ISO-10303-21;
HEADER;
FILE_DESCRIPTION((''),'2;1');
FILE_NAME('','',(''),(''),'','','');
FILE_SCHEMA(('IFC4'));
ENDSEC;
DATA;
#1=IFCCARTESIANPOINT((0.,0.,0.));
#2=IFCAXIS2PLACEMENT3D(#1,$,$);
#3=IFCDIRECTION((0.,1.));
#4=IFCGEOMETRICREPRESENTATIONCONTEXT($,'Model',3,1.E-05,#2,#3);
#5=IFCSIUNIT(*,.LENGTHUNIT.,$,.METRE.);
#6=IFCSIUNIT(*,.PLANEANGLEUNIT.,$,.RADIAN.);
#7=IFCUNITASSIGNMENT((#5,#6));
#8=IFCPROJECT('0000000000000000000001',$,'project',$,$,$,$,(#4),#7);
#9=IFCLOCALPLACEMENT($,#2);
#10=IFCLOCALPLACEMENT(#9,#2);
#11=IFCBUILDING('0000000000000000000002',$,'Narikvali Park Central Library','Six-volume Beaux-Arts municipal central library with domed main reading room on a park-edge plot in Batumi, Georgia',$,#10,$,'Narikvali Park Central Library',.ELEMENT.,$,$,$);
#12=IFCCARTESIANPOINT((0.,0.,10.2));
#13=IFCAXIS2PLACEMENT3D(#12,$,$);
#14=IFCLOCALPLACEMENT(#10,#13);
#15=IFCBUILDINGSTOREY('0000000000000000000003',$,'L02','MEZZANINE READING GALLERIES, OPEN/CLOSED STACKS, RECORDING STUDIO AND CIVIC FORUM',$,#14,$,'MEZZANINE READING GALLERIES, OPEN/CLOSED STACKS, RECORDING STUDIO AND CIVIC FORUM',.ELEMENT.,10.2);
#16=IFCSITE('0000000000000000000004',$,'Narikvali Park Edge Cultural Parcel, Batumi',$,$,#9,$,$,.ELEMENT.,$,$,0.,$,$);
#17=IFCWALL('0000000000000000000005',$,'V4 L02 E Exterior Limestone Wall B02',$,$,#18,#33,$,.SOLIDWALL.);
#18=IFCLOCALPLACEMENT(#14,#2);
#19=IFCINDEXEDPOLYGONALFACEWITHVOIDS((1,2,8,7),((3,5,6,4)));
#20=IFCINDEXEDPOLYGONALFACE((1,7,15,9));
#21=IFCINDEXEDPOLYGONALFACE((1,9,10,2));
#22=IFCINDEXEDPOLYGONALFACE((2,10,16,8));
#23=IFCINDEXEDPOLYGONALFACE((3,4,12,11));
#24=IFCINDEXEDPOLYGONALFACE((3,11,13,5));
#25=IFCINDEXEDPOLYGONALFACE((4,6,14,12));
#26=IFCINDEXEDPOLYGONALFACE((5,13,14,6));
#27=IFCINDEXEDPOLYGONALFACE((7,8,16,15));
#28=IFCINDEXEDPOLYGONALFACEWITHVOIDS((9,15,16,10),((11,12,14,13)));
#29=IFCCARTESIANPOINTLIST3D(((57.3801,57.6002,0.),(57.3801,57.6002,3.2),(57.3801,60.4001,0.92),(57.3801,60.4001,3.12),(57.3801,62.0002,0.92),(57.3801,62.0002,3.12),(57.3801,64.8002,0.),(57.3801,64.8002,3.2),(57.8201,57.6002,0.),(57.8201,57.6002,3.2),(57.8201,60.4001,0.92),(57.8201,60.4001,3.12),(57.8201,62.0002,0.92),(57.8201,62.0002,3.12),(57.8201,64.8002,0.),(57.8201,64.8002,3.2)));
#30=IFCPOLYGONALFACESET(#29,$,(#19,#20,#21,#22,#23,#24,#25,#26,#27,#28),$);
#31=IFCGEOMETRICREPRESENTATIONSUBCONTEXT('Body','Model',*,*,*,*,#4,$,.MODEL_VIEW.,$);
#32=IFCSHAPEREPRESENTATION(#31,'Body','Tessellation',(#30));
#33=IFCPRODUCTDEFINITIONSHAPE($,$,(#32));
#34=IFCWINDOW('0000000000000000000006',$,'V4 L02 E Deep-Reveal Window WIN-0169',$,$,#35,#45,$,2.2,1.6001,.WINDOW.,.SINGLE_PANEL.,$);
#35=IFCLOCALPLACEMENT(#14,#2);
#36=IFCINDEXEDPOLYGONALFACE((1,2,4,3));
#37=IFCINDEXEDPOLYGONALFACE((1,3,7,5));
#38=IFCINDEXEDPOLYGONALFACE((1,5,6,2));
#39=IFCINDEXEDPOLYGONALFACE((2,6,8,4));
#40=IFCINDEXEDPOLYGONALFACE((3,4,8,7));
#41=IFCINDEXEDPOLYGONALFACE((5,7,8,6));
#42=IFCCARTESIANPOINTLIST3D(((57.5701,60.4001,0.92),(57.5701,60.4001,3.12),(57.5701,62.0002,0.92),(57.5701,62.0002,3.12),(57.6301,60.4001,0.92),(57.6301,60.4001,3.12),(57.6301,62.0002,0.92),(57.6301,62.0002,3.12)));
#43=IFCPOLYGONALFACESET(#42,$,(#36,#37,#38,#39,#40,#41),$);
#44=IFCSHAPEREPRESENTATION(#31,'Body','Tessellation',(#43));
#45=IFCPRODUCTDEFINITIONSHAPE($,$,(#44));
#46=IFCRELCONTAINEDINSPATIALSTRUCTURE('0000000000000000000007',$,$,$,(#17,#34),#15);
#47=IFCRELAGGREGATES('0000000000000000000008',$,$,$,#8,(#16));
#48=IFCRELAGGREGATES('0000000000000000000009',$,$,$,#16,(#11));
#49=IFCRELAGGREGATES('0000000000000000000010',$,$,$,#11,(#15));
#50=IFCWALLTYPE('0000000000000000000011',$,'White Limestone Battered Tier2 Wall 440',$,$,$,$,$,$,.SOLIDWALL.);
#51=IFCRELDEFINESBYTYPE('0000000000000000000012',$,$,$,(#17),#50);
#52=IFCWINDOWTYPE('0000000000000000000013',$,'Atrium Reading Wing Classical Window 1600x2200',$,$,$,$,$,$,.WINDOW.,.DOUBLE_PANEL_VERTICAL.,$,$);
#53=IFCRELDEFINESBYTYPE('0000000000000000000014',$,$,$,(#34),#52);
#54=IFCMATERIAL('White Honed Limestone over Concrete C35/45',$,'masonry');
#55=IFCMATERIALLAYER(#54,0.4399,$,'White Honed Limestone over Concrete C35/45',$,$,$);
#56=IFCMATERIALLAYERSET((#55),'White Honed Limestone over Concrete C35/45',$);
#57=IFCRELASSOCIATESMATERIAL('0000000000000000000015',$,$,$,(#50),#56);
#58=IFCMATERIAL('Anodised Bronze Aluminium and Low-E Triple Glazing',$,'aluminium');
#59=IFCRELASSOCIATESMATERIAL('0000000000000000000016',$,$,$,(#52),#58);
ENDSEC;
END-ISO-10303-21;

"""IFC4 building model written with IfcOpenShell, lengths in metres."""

from ifc_helpers import new_model, si_unit, direction, frame, frame_2d, origin, place, context, subcontext, project, spatial, rectangle, extrude, material, layer, layer_set, type_object, element, fill, save


model = new_model("IFC4")

# Units and contexts
model_context = context("Model", 3, precision=1e-05, world=origin(), true_north=direction((0.0, 1.0)))
body_context = subcontext(model_context, "Body", "Model", "MODEL_VIEW")
ifc_project = project(units=[si_unit("LENGTHUNIT", "METRE"), si_unit("PLANEANGLEUNIT", "RADIAN")], contexts=[model_context])

# Site, building, storey
site_placement = place(None, origin())
site = spatial("IfcSite", under=ifc_project, at=site_placement, Name="Narikvali Park Edge Cultural Parcel, Batumi", CompositionType="ELEMENT", RefElevation=0.0)
building_placement = place(site_placement, origin())
building = spatial("IfcBuilding", under=site, at=building_placement, Name="Narikvali Park Central Library", Description="Six-volume Beaux-Arts municipal central library with domed main reading room on a park-edge plot in Batumi, Georgia", LongName="Narikvali Park Central Library", CompositionType="ELEMENT")
storey_placement = place(building_placement, frame((0.0, 0.0, 10.2)))
storey = spatial("IfcBuildingStorey", under=building, at=storey_placement, Name="L02", Description="MEZZANINE READING GALLERIES, OPEN/CLOSED STACKS, RECORDING STUDIO AND CIVIC FORUM", LongName="MEZZANINE READING GALLERIES, OPEN/CLOSED STACKS, RECORDING STUDIO AND CIVIC FORUM", CompositionType="ELEMENT", Elevation=10.2)

# Wall, opening, window
ifc_material_1 = material(Name="White Honed Limestone over Concrete C35/45", Category="masonry")
ifc_layer_1 = layer(ifc_material_1, 0.4399, Name="White Honed Limestone over Concrete C35/45")
ifc_layer_set_1 = layer_set([ifc_layer_1], Name="White Honed Limestone over Concrete C35/45")
wall_type_1 = type_object("IfcWallType", Name="White Limestone Battered Tier2 Wall 440", PredefinedType="SOLIDWALL", material=ifc_layer_set_1)
wall_1_placement = place(storey_placement, frame((57.6001, 57.6001, 0.0), z_axis=(0.0, 0.0, 1.0), x_axis=(0.0, 1.0, 0.0)))
wall_1 = element("IfcWall", 1, at=wall_1_placement, inside=storey, type_object=wall_type_1, Name="V4 L02 E Exterior Limestone Wall B02", PredefinedType="SOLIDWALL", context=body_context, shape_type="SweptSolid", body=[
    extrude(rectangle(XDim=7.2, YDim=0.4399, at=frame_2d((3.6001, 0.0))), origin(), (0.0, 0.0, 1.0), 3.2),
])
opening_placement = place(wall_1_placement, frame((2.8, 0.0, 0.9199)))
opening = element("IfcOpeningElement", 2, at=opening_placement, cuts=wall_1, PredefinedType="OPENING", context=body_context, shape_type="SweptSolid", body=[
    extrude(rectangle(XDim=1.6001, YDim=2.2, at=frame_2d((0.8, 1.1001))), frame((0.0, 0.2319, 0.0), z_axis=(0.0, -1.0, 0.0), x_axis=(1.0, 0.0, 0.0)), (0.0, 0.0, 1.0), 0.4639),
])
ifc_material_2 = material(Name="Anodised Bronze Aluminium and Low-E Triple Glazing", Category="aluminium")
window_type = type_object("IfcWindowType", Name="Atrium Reading Wing Classical Window 1600x2200", PartitioningType="DOUBLE_PANEL_VERTICAL", PredefinedType="WINDOW", material=ifc_material_2)
window_placement = place(opening_placement, origin())
window = element("IfcWindow", 3, at=window_placement, inside=storey, type_object=window_type, Name="V4 L02 E Deep-Reveal Window WIN-0169", OverallHeight=2.2, OverallWidth=1.6001, PartitioningType="SINGLE_PANEL", PredefinedType="WINDOW", context=body_context, shape_type="SweptSolid", body=[
    extrude(rectangle(XDim=1.6001, YDim=2.2, at=frame_2d((0.8, 1.1001))), frame((0.0, 0.03, 0.0), z_axis=(0.0, -1.0, 0.0), x_axis=(1.0, 0.0, 0.0)), (0.0, 0.0, 1.0), 0.0601),
])
fill(opening, window)

save(model, "model.ifc")
